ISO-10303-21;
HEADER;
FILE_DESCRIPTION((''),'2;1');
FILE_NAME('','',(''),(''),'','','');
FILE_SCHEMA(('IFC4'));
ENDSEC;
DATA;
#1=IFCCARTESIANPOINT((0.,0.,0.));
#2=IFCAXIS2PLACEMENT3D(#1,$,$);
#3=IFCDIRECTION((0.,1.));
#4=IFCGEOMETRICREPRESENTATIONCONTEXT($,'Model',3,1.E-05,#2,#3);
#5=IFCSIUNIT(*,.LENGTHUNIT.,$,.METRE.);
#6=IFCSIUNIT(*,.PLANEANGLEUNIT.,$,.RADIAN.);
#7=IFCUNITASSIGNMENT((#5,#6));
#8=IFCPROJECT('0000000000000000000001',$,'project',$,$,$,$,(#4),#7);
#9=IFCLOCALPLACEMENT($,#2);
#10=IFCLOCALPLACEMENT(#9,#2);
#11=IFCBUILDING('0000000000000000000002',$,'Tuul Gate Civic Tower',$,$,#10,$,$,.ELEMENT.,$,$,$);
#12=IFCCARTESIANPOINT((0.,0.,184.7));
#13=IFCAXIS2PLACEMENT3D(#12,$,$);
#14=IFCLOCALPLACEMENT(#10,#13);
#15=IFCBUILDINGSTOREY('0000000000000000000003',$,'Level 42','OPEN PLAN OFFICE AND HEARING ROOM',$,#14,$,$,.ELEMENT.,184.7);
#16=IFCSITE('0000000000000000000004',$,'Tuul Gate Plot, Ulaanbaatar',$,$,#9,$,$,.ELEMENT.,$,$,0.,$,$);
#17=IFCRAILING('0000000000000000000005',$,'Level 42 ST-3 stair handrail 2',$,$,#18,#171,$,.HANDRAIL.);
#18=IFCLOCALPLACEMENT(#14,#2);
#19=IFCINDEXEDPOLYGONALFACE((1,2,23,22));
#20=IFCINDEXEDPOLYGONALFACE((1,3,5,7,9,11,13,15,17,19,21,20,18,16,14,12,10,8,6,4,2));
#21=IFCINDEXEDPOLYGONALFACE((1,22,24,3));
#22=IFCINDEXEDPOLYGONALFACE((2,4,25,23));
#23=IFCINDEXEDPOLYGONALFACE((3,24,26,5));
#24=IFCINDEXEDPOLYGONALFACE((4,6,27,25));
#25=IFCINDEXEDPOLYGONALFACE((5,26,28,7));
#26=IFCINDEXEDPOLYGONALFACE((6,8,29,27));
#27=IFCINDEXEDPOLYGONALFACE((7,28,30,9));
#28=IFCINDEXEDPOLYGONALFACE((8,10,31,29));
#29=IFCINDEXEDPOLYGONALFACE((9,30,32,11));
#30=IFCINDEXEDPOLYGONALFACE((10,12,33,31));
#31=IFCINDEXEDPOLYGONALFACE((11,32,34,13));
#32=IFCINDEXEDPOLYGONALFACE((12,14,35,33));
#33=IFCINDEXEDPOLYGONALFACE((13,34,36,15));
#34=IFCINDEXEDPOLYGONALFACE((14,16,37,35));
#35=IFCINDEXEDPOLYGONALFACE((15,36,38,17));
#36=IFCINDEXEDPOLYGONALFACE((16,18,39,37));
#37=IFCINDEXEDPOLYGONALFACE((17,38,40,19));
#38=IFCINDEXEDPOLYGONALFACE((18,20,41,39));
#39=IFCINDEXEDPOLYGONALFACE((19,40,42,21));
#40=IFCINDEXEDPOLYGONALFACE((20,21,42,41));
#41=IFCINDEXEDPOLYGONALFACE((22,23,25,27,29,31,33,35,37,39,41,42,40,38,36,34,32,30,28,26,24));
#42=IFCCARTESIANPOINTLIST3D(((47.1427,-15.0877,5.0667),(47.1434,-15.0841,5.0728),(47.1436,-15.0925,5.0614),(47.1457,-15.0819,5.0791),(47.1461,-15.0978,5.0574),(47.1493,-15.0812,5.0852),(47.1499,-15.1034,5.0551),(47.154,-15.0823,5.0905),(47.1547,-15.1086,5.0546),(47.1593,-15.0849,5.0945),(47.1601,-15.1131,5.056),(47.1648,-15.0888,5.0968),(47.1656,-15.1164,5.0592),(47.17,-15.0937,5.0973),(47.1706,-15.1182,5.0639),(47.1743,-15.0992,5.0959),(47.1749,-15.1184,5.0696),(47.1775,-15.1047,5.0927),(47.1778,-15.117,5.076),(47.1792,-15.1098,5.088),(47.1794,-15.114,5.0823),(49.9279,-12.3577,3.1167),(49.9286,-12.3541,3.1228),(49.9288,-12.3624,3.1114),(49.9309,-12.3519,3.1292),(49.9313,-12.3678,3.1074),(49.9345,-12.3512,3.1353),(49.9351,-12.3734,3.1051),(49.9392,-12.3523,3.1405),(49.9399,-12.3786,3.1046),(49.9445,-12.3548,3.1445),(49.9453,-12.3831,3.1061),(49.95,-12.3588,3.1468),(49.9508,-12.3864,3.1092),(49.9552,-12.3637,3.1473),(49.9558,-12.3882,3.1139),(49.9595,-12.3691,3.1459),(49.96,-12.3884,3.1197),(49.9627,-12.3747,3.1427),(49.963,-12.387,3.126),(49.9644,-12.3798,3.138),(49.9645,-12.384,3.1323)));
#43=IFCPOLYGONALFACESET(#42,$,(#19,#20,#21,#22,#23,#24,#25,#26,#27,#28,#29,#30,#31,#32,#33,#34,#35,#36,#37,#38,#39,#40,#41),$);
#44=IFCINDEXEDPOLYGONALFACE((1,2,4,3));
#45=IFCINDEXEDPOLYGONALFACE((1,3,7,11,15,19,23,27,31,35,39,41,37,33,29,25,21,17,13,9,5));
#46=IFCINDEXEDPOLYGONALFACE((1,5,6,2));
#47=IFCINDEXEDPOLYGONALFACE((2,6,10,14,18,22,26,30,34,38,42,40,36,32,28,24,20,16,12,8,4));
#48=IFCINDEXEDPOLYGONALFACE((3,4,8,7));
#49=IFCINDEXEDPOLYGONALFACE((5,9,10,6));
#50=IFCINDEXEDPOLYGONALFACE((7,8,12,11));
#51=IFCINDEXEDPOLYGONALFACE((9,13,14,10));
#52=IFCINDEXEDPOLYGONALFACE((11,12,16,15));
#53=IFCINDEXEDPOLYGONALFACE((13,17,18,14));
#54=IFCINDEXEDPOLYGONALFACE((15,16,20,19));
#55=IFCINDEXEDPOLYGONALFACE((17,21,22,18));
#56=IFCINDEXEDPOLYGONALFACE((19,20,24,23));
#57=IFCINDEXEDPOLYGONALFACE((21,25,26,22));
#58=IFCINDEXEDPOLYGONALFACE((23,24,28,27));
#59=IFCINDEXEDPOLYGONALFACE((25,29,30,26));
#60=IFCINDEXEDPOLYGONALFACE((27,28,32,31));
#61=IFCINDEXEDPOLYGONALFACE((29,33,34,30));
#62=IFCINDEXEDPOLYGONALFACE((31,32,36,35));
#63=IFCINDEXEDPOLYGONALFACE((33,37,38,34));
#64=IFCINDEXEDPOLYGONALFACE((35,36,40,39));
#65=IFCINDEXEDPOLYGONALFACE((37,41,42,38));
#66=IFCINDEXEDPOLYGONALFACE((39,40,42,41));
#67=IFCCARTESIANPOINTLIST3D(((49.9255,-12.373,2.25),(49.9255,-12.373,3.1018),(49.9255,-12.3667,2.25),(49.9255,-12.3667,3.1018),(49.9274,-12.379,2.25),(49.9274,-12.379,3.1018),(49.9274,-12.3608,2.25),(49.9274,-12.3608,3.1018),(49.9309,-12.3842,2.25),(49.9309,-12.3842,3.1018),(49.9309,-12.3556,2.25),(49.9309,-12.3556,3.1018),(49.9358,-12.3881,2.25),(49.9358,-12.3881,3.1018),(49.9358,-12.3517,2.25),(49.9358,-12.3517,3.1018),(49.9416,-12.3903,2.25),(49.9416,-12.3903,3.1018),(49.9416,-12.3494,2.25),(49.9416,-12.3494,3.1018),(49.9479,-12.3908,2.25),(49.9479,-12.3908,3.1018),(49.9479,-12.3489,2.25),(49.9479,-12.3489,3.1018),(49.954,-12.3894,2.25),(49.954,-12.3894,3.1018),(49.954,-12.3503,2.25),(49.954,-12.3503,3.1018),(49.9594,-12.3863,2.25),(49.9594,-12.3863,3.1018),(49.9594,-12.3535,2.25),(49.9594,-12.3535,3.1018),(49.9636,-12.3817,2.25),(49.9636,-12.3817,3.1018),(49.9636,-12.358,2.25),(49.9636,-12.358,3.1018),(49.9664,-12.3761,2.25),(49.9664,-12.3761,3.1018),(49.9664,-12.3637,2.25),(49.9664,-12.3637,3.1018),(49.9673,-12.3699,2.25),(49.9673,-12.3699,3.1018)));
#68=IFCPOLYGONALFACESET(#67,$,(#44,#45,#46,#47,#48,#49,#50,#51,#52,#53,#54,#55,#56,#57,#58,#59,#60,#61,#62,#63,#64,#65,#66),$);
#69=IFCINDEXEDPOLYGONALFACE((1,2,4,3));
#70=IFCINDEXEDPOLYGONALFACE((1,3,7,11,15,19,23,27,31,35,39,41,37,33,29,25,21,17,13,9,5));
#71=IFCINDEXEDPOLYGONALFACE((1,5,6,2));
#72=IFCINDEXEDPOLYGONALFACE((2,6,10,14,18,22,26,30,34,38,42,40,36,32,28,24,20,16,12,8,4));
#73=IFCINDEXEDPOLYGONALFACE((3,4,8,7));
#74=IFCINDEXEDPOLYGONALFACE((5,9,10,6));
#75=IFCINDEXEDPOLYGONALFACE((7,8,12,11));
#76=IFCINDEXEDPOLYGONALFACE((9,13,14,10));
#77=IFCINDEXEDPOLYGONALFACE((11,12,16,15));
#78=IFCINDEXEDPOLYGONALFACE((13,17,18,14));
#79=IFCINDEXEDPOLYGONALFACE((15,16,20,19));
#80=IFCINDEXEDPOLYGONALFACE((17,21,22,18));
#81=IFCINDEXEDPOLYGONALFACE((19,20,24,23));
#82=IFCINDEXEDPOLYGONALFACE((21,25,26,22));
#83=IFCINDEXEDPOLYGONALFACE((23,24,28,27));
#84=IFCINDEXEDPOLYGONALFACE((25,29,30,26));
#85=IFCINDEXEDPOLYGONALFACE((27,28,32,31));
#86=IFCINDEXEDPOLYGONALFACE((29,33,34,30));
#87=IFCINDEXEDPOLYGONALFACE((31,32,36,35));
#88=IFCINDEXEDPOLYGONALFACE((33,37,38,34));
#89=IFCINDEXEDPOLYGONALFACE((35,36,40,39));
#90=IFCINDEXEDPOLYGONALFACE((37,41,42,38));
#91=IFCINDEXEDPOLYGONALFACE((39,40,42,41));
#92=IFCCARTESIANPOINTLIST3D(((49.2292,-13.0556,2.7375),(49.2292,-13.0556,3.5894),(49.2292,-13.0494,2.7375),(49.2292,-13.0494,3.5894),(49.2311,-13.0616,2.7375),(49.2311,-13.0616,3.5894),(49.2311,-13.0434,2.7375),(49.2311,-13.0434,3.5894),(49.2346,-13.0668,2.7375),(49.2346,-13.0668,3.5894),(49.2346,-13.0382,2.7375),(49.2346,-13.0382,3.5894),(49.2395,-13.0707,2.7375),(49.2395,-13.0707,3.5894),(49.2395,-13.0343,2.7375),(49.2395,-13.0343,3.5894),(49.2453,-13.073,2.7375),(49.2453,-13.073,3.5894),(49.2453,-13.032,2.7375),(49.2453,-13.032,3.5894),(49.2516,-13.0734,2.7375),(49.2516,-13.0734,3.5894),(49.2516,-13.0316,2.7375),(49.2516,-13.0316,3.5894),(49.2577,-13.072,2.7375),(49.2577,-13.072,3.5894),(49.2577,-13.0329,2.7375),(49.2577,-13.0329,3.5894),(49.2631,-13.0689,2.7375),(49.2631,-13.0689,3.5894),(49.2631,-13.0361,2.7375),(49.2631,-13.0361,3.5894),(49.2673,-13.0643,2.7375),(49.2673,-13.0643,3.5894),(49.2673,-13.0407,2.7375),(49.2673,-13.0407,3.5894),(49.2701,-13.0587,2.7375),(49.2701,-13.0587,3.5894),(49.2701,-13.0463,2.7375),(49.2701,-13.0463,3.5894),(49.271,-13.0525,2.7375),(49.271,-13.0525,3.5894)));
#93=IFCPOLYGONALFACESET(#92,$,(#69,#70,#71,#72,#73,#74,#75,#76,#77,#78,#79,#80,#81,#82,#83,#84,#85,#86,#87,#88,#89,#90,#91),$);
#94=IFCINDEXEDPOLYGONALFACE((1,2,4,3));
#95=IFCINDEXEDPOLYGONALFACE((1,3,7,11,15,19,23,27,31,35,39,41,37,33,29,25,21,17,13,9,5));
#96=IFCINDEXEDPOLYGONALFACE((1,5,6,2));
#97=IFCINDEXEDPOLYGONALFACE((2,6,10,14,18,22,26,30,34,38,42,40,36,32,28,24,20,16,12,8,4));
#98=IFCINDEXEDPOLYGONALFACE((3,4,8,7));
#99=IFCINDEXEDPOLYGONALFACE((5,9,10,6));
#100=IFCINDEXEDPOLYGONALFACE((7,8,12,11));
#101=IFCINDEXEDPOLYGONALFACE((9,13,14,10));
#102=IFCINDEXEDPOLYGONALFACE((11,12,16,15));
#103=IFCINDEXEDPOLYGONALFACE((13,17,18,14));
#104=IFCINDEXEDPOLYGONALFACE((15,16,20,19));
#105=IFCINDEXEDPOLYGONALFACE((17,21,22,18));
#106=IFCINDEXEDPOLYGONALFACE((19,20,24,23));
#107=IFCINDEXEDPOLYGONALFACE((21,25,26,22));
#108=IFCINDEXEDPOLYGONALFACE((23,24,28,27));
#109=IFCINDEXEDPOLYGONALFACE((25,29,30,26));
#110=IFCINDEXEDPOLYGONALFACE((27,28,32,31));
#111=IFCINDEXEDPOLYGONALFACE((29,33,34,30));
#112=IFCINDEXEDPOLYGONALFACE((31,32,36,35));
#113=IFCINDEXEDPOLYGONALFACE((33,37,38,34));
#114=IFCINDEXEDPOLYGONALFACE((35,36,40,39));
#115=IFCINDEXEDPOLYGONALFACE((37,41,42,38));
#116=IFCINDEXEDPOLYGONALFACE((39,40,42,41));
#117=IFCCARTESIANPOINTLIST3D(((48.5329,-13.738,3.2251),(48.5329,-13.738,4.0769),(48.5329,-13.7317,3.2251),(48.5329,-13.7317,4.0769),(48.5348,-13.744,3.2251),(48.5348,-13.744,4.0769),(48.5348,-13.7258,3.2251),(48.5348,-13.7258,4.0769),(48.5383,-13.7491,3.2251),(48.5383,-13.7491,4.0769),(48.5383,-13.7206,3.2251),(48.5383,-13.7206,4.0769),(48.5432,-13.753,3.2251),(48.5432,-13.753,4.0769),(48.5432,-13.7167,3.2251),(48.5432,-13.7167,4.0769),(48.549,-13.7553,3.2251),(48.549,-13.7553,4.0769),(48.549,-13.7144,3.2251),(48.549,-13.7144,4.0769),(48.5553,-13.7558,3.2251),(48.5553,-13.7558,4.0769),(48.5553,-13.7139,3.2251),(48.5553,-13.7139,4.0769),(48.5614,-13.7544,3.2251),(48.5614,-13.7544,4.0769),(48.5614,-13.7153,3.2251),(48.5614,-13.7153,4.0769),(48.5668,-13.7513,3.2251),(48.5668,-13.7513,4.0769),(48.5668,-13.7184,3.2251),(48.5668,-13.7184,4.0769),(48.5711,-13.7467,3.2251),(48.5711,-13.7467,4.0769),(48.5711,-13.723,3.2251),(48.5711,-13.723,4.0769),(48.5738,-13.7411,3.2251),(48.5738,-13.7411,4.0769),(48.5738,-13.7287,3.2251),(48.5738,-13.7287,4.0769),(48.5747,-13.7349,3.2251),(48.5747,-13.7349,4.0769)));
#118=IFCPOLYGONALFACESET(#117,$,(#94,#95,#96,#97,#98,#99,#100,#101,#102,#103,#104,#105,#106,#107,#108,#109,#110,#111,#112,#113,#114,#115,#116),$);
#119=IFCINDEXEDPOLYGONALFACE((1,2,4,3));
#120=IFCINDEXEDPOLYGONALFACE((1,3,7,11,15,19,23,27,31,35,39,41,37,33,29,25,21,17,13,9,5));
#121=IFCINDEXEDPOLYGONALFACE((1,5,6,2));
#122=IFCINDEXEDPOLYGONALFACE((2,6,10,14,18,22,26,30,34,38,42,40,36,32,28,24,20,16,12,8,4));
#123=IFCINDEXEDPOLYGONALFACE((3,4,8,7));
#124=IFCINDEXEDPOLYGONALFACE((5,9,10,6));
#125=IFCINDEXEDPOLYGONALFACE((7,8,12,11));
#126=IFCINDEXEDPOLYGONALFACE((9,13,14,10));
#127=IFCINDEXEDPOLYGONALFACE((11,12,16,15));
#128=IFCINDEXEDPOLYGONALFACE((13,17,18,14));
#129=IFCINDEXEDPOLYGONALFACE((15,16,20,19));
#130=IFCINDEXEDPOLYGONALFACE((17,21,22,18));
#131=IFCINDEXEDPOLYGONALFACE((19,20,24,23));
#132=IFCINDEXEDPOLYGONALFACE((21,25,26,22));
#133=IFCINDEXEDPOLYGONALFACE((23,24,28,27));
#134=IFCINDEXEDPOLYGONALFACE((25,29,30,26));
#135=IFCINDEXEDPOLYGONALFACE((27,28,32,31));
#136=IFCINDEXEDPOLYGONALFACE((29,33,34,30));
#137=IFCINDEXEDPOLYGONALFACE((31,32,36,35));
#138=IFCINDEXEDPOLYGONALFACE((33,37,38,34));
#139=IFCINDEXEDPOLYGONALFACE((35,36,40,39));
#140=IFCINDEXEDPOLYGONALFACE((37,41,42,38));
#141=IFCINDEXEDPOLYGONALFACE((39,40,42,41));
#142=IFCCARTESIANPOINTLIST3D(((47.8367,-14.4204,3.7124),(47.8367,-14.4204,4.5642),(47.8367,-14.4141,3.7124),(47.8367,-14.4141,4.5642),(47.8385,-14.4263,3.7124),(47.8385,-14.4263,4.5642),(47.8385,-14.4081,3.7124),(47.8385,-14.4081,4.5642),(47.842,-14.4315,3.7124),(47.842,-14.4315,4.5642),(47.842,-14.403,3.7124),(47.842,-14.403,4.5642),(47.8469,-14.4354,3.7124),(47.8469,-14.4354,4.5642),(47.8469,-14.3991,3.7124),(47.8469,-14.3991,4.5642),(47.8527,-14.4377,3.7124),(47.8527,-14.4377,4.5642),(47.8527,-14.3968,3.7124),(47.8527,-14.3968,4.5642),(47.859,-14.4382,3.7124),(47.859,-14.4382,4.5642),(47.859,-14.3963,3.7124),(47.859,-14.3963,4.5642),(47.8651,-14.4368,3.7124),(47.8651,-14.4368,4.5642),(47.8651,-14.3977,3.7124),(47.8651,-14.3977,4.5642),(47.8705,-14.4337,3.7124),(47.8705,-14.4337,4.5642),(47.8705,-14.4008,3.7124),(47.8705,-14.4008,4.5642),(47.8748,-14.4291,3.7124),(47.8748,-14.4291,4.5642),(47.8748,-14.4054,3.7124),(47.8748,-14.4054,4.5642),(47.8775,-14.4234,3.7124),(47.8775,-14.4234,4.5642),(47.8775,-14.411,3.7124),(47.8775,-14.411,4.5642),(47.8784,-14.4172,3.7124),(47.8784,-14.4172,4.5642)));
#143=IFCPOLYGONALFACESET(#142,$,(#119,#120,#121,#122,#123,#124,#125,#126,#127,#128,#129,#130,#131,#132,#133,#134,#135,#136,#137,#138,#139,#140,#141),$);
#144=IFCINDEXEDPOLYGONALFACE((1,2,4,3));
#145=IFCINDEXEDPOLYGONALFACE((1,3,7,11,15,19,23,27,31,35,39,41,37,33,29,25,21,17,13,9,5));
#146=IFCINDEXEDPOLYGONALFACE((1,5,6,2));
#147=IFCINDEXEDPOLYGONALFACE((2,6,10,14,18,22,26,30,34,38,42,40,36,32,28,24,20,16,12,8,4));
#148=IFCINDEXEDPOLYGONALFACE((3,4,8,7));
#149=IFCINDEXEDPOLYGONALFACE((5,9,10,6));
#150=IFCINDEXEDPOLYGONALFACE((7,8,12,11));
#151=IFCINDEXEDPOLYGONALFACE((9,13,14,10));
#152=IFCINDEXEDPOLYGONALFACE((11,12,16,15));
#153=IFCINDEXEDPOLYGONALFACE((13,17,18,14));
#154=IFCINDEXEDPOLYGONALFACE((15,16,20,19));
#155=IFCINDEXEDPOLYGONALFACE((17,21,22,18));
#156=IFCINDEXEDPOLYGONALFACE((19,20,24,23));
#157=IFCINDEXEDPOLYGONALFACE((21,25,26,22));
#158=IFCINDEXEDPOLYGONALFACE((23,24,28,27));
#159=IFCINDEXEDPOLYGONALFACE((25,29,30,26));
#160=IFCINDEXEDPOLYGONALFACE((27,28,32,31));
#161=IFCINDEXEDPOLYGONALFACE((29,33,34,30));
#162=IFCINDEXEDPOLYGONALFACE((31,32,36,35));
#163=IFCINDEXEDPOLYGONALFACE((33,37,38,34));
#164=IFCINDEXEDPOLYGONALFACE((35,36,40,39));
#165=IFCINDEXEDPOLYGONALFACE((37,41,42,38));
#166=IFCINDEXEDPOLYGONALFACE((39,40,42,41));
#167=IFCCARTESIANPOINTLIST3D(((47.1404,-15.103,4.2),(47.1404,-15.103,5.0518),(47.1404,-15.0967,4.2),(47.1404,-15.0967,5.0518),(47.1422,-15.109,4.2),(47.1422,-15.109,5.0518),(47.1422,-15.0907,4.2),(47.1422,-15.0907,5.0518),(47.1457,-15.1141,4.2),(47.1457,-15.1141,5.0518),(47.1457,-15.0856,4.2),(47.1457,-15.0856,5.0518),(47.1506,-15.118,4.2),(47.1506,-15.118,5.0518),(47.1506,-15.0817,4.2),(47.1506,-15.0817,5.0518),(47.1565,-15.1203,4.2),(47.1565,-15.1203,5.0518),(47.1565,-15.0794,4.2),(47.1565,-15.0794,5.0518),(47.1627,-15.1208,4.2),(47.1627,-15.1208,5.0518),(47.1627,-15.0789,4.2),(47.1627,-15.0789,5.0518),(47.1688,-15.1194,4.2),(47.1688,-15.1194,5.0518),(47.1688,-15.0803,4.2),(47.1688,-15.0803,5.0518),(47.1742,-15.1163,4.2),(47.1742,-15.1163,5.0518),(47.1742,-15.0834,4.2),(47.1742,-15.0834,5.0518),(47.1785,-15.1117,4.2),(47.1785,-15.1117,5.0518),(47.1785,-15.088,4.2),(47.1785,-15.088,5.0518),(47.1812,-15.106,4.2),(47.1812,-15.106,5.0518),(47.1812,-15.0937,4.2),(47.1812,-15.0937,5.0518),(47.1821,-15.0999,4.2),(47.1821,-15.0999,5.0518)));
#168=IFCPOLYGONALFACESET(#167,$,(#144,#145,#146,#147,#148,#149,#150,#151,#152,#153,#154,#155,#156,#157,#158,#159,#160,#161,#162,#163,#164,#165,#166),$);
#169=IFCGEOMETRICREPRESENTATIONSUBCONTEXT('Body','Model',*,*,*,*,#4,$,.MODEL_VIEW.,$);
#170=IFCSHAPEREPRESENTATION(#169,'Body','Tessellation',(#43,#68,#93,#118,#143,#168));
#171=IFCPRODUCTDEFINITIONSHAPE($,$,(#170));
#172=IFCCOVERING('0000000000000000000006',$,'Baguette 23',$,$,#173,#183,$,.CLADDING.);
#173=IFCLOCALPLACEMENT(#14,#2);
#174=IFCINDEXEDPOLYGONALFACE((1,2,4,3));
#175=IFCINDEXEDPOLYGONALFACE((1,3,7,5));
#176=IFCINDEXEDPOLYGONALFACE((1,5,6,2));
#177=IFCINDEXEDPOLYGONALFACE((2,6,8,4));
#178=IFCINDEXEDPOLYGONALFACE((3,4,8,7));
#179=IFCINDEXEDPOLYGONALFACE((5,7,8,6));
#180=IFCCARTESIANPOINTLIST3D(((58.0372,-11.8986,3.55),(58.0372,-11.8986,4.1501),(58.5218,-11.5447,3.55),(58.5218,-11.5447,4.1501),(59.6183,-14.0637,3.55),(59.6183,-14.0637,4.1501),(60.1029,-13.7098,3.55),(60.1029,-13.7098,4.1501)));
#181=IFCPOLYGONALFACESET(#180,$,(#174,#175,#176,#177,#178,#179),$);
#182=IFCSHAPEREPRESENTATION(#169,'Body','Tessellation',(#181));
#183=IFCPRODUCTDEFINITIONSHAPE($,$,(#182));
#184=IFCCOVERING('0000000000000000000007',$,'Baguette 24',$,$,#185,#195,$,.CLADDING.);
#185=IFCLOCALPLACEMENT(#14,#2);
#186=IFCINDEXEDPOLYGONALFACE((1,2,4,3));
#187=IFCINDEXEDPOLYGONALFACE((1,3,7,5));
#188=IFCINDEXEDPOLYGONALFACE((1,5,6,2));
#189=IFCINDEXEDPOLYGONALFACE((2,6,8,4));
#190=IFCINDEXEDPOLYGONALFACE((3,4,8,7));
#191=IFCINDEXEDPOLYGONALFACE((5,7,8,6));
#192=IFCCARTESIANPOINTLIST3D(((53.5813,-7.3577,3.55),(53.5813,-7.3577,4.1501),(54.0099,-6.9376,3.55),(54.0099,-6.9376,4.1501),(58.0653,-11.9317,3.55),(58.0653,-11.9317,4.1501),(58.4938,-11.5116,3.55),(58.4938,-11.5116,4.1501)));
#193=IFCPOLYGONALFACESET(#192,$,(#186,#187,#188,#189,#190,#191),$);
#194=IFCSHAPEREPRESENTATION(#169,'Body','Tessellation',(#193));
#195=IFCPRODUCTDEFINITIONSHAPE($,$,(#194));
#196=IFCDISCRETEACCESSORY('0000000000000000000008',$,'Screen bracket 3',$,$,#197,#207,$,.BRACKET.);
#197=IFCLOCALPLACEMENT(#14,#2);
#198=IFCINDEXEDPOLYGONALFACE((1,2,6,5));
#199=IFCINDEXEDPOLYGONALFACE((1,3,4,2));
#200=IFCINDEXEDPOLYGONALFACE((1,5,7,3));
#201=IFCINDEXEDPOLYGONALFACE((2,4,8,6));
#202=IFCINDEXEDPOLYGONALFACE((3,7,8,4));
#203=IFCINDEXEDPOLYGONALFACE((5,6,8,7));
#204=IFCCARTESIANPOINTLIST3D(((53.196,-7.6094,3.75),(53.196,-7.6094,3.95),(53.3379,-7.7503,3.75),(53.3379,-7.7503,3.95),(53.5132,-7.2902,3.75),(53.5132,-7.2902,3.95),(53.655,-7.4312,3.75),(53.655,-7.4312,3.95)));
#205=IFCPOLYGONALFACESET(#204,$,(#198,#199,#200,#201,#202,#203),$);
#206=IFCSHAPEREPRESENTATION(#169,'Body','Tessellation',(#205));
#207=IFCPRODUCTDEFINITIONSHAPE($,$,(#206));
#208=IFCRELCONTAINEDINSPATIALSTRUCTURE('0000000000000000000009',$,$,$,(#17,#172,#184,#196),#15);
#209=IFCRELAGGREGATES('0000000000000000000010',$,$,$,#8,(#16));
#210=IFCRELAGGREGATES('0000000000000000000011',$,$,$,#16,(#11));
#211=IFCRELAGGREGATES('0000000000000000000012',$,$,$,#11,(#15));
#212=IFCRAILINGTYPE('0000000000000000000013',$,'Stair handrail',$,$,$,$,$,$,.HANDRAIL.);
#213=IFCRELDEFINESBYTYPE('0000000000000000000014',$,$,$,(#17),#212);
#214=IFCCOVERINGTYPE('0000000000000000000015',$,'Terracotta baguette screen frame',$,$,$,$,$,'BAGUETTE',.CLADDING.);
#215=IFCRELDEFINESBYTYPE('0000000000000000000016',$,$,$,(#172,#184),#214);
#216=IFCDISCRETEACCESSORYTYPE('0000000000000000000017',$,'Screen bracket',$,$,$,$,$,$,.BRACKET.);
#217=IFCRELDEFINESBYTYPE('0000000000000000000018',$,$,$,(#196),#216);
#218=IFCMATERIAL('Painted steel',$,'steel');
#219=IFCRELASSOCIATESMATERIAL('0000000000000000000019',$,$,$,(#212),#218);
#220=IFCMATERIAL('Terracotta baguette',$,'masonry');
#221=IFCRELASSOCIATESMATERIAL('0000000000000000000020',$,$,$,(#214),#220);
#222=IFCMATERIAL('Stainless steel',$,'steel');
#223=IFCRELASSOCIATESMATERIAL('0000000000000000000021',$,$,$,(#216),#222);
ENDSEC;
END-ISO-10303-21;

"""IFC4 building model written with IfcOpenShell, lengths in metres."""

from ifc_helpers import new_model, si_unit, direction, frame, origin, origin_2d, place, context, subcontext, project, spatial, rectangle, circle, extrude, material, material_profile, profile_set, type_object, element, save


model = new_model("IFC4")

# Units and contexts
model_context = context("Model", 3, precision=1e-05, world=origin(), true_north=direction((0.0, 1.0)))
body_context = subcontext(model_context, "Body", "Model", "MODEL_VIEW")
ifc_project = project(units=[si_unit("LENGTHUNIT", "METRE"), si_unit("PLANEANGLEUNIT", "RADIAN")], contexts=[model_context])

# Site, building, storey
site_placement = place(None, origin())
site = spatial("IfcSite", under=ifc_project, at=site_placement, Name="Tuul Gate Plot, Ulaanbaatar", CompositionType="ELEMENT", RefElevation=0.0)
building_placement = place(site_placement, origin())
building = spatial("IfcBuilding", under=site, at=building_placement, Name="Tuul Gate Civic Tower", CompositionType="ELEMENT")
storey_placement = place(building_placement, frame((0.0, 0.0, 184.7)))
storey = spatial("IfcBuildingStorey", under=building, at=storey_placement, Name="Level 42", Description="OPEN PLAN OFFICE AND HEARING ROOM", CompositionType="ELEMENT", Elevation=184.7)

# Railing
ifc_material_1 = material(Name="Painted steel", Category="steel")
railing_type = type_object("IfcRailingType", Name="Stair handrail", PredefinedType="HANDRAIL", material=ifc_material_1)
railing_placement = place(storey_placement, frame((49.9463, -12.3699, 2.25)))
element("IfcRailing", 1, at=railing_placement, inside=storey, type_object=railing_type, Name="Level 42 ST-3 stair handrail 2", PredefinedType="HANDRAIL", context=body_context, shape_type="SweptSolid", body=[
    extrude(circle(Radius=0.0239, at=origin_2d()), frame((0.0, 0.0, 0.876), z_axis=(-0.638754, -0.6261, 0.447206), x_axis=(0.699998, -0.714145, 0.0)), (0.0, 0.0, 1.0), 4.3604),
    extrude(circle(Radius=0.021, at=origin_2d()), origin(), (0.0, 0.0, 1.0), 0.8518),
    extrude(circle(Radius=0.021, at=origin_2d()), frame((-0.6963, -0.6826, 0.4875)), (0.0, 0.0, 1.0), 0.8518),
    extrude(circle(Radius=0.021, at=origin_2d()), frame((-1.3926, -1.365, 0.9751)), (0.0, 0.0, 1.0), 0.8518),
    extrude(circle(Radius=0.021, at=origin_2d()), frame((-2.0889, -2.0474, 1.4624)), (0.0, 0.0, 1.0), 0.8518),
    extrude(circle(Radius=0.021, at=origin_2d()), frame((-2.7852, -2.73, 1.95)), (0.0, 0.0, 1.0), 0.8518),
])

# Coverings
ifc_material_2 = material(Name="Terracotta baguette", Category="masonry")
ifc_material_profile_1 = material_profile(ifc_material_2, rectangle(XDim=0.6001, YDim=0.6001, at=origin_2d()), Name="Terracotta baguette screen frame")
ifc_profile_set_1 = profile_set([ifc_material_profile_1], Name="Terracotta baguette")
covering_type = type_object("IfcCoveringType", Name="Terracotta baguette screen frame", ElementType="BAGUETTE", PredefinedType="CLADDING", material=ifc_profile_set_1)
covering_1_placement = place(storey_placement, frame((59.8606, -13.8867, 3.8501), z_axis=(-0.589752, 0.807585, 0.0), x_axis=(-0.807585, -0.589752, 0.0)))
element("IfcCovering", 2, at=covering_1_placement, inside=storey, type_object=covering_type, Name="Baguette 23", PredefinedType="CLADDING", context=body_context, shape_type="SweptSolid", body=[
    extrude(rectangle(XDim=0.6001, YDim=0.6001, at=origin_2d()), origin(), (0.0, 0.0, 1.0), 2.6809),
])
covering_2_placement = place(storey_placement, frame((58.2795, -11.7217, 3.8501), z_axis=(-0.700039, 0.714104, 0.0), x_axis=(-0.714104, -0.700039, 0.0)))
element("IfcCovering", 3, at=covering_2_placement, inside=storey, type_object=covering_type, Name="Baguette 24", PredefinedType="CLADDING", context=body_context, shape_type="SweptSolid", body=[
    extrude(rectangle(XDim=0.6001, YDim=0.6001, at=origin_2d()), origin(), (0.0, 0.0, 1.0), 6.4053),
])

# Discrete accessory
ifc_material_3 = material(Name="Stainless steel", Category="steel")
discrete_accessory_type = type_object("IfcDiscreteAccessoryType", Name="Screen bracket", PredefinedType="BRACKET", material=ifc_material_3)
discrete_accessory_placement = place(storey_placement, frame((53.4255, -7.5203, 3.75), z_axis=(0.0, 0.0, 1.0), x_axis=(0.704907, 0.7093, 0.0)))
element("IfcDiscreteAccessory", 4, at=discrete_accessory_placement, inside=storey, type_object=discrete_accessory_type, Name="Screen bracket 3", PredefinedType="BRACKET", context=body_context, shape_type="SweptSolid", body=[
    extrude(rectangle(XDim=0.45, YDim=0.2, at=origin_2d()), origin(), (0.0, 0.0, 1.0), 0.2),
])

save(model, "model.ifc")
